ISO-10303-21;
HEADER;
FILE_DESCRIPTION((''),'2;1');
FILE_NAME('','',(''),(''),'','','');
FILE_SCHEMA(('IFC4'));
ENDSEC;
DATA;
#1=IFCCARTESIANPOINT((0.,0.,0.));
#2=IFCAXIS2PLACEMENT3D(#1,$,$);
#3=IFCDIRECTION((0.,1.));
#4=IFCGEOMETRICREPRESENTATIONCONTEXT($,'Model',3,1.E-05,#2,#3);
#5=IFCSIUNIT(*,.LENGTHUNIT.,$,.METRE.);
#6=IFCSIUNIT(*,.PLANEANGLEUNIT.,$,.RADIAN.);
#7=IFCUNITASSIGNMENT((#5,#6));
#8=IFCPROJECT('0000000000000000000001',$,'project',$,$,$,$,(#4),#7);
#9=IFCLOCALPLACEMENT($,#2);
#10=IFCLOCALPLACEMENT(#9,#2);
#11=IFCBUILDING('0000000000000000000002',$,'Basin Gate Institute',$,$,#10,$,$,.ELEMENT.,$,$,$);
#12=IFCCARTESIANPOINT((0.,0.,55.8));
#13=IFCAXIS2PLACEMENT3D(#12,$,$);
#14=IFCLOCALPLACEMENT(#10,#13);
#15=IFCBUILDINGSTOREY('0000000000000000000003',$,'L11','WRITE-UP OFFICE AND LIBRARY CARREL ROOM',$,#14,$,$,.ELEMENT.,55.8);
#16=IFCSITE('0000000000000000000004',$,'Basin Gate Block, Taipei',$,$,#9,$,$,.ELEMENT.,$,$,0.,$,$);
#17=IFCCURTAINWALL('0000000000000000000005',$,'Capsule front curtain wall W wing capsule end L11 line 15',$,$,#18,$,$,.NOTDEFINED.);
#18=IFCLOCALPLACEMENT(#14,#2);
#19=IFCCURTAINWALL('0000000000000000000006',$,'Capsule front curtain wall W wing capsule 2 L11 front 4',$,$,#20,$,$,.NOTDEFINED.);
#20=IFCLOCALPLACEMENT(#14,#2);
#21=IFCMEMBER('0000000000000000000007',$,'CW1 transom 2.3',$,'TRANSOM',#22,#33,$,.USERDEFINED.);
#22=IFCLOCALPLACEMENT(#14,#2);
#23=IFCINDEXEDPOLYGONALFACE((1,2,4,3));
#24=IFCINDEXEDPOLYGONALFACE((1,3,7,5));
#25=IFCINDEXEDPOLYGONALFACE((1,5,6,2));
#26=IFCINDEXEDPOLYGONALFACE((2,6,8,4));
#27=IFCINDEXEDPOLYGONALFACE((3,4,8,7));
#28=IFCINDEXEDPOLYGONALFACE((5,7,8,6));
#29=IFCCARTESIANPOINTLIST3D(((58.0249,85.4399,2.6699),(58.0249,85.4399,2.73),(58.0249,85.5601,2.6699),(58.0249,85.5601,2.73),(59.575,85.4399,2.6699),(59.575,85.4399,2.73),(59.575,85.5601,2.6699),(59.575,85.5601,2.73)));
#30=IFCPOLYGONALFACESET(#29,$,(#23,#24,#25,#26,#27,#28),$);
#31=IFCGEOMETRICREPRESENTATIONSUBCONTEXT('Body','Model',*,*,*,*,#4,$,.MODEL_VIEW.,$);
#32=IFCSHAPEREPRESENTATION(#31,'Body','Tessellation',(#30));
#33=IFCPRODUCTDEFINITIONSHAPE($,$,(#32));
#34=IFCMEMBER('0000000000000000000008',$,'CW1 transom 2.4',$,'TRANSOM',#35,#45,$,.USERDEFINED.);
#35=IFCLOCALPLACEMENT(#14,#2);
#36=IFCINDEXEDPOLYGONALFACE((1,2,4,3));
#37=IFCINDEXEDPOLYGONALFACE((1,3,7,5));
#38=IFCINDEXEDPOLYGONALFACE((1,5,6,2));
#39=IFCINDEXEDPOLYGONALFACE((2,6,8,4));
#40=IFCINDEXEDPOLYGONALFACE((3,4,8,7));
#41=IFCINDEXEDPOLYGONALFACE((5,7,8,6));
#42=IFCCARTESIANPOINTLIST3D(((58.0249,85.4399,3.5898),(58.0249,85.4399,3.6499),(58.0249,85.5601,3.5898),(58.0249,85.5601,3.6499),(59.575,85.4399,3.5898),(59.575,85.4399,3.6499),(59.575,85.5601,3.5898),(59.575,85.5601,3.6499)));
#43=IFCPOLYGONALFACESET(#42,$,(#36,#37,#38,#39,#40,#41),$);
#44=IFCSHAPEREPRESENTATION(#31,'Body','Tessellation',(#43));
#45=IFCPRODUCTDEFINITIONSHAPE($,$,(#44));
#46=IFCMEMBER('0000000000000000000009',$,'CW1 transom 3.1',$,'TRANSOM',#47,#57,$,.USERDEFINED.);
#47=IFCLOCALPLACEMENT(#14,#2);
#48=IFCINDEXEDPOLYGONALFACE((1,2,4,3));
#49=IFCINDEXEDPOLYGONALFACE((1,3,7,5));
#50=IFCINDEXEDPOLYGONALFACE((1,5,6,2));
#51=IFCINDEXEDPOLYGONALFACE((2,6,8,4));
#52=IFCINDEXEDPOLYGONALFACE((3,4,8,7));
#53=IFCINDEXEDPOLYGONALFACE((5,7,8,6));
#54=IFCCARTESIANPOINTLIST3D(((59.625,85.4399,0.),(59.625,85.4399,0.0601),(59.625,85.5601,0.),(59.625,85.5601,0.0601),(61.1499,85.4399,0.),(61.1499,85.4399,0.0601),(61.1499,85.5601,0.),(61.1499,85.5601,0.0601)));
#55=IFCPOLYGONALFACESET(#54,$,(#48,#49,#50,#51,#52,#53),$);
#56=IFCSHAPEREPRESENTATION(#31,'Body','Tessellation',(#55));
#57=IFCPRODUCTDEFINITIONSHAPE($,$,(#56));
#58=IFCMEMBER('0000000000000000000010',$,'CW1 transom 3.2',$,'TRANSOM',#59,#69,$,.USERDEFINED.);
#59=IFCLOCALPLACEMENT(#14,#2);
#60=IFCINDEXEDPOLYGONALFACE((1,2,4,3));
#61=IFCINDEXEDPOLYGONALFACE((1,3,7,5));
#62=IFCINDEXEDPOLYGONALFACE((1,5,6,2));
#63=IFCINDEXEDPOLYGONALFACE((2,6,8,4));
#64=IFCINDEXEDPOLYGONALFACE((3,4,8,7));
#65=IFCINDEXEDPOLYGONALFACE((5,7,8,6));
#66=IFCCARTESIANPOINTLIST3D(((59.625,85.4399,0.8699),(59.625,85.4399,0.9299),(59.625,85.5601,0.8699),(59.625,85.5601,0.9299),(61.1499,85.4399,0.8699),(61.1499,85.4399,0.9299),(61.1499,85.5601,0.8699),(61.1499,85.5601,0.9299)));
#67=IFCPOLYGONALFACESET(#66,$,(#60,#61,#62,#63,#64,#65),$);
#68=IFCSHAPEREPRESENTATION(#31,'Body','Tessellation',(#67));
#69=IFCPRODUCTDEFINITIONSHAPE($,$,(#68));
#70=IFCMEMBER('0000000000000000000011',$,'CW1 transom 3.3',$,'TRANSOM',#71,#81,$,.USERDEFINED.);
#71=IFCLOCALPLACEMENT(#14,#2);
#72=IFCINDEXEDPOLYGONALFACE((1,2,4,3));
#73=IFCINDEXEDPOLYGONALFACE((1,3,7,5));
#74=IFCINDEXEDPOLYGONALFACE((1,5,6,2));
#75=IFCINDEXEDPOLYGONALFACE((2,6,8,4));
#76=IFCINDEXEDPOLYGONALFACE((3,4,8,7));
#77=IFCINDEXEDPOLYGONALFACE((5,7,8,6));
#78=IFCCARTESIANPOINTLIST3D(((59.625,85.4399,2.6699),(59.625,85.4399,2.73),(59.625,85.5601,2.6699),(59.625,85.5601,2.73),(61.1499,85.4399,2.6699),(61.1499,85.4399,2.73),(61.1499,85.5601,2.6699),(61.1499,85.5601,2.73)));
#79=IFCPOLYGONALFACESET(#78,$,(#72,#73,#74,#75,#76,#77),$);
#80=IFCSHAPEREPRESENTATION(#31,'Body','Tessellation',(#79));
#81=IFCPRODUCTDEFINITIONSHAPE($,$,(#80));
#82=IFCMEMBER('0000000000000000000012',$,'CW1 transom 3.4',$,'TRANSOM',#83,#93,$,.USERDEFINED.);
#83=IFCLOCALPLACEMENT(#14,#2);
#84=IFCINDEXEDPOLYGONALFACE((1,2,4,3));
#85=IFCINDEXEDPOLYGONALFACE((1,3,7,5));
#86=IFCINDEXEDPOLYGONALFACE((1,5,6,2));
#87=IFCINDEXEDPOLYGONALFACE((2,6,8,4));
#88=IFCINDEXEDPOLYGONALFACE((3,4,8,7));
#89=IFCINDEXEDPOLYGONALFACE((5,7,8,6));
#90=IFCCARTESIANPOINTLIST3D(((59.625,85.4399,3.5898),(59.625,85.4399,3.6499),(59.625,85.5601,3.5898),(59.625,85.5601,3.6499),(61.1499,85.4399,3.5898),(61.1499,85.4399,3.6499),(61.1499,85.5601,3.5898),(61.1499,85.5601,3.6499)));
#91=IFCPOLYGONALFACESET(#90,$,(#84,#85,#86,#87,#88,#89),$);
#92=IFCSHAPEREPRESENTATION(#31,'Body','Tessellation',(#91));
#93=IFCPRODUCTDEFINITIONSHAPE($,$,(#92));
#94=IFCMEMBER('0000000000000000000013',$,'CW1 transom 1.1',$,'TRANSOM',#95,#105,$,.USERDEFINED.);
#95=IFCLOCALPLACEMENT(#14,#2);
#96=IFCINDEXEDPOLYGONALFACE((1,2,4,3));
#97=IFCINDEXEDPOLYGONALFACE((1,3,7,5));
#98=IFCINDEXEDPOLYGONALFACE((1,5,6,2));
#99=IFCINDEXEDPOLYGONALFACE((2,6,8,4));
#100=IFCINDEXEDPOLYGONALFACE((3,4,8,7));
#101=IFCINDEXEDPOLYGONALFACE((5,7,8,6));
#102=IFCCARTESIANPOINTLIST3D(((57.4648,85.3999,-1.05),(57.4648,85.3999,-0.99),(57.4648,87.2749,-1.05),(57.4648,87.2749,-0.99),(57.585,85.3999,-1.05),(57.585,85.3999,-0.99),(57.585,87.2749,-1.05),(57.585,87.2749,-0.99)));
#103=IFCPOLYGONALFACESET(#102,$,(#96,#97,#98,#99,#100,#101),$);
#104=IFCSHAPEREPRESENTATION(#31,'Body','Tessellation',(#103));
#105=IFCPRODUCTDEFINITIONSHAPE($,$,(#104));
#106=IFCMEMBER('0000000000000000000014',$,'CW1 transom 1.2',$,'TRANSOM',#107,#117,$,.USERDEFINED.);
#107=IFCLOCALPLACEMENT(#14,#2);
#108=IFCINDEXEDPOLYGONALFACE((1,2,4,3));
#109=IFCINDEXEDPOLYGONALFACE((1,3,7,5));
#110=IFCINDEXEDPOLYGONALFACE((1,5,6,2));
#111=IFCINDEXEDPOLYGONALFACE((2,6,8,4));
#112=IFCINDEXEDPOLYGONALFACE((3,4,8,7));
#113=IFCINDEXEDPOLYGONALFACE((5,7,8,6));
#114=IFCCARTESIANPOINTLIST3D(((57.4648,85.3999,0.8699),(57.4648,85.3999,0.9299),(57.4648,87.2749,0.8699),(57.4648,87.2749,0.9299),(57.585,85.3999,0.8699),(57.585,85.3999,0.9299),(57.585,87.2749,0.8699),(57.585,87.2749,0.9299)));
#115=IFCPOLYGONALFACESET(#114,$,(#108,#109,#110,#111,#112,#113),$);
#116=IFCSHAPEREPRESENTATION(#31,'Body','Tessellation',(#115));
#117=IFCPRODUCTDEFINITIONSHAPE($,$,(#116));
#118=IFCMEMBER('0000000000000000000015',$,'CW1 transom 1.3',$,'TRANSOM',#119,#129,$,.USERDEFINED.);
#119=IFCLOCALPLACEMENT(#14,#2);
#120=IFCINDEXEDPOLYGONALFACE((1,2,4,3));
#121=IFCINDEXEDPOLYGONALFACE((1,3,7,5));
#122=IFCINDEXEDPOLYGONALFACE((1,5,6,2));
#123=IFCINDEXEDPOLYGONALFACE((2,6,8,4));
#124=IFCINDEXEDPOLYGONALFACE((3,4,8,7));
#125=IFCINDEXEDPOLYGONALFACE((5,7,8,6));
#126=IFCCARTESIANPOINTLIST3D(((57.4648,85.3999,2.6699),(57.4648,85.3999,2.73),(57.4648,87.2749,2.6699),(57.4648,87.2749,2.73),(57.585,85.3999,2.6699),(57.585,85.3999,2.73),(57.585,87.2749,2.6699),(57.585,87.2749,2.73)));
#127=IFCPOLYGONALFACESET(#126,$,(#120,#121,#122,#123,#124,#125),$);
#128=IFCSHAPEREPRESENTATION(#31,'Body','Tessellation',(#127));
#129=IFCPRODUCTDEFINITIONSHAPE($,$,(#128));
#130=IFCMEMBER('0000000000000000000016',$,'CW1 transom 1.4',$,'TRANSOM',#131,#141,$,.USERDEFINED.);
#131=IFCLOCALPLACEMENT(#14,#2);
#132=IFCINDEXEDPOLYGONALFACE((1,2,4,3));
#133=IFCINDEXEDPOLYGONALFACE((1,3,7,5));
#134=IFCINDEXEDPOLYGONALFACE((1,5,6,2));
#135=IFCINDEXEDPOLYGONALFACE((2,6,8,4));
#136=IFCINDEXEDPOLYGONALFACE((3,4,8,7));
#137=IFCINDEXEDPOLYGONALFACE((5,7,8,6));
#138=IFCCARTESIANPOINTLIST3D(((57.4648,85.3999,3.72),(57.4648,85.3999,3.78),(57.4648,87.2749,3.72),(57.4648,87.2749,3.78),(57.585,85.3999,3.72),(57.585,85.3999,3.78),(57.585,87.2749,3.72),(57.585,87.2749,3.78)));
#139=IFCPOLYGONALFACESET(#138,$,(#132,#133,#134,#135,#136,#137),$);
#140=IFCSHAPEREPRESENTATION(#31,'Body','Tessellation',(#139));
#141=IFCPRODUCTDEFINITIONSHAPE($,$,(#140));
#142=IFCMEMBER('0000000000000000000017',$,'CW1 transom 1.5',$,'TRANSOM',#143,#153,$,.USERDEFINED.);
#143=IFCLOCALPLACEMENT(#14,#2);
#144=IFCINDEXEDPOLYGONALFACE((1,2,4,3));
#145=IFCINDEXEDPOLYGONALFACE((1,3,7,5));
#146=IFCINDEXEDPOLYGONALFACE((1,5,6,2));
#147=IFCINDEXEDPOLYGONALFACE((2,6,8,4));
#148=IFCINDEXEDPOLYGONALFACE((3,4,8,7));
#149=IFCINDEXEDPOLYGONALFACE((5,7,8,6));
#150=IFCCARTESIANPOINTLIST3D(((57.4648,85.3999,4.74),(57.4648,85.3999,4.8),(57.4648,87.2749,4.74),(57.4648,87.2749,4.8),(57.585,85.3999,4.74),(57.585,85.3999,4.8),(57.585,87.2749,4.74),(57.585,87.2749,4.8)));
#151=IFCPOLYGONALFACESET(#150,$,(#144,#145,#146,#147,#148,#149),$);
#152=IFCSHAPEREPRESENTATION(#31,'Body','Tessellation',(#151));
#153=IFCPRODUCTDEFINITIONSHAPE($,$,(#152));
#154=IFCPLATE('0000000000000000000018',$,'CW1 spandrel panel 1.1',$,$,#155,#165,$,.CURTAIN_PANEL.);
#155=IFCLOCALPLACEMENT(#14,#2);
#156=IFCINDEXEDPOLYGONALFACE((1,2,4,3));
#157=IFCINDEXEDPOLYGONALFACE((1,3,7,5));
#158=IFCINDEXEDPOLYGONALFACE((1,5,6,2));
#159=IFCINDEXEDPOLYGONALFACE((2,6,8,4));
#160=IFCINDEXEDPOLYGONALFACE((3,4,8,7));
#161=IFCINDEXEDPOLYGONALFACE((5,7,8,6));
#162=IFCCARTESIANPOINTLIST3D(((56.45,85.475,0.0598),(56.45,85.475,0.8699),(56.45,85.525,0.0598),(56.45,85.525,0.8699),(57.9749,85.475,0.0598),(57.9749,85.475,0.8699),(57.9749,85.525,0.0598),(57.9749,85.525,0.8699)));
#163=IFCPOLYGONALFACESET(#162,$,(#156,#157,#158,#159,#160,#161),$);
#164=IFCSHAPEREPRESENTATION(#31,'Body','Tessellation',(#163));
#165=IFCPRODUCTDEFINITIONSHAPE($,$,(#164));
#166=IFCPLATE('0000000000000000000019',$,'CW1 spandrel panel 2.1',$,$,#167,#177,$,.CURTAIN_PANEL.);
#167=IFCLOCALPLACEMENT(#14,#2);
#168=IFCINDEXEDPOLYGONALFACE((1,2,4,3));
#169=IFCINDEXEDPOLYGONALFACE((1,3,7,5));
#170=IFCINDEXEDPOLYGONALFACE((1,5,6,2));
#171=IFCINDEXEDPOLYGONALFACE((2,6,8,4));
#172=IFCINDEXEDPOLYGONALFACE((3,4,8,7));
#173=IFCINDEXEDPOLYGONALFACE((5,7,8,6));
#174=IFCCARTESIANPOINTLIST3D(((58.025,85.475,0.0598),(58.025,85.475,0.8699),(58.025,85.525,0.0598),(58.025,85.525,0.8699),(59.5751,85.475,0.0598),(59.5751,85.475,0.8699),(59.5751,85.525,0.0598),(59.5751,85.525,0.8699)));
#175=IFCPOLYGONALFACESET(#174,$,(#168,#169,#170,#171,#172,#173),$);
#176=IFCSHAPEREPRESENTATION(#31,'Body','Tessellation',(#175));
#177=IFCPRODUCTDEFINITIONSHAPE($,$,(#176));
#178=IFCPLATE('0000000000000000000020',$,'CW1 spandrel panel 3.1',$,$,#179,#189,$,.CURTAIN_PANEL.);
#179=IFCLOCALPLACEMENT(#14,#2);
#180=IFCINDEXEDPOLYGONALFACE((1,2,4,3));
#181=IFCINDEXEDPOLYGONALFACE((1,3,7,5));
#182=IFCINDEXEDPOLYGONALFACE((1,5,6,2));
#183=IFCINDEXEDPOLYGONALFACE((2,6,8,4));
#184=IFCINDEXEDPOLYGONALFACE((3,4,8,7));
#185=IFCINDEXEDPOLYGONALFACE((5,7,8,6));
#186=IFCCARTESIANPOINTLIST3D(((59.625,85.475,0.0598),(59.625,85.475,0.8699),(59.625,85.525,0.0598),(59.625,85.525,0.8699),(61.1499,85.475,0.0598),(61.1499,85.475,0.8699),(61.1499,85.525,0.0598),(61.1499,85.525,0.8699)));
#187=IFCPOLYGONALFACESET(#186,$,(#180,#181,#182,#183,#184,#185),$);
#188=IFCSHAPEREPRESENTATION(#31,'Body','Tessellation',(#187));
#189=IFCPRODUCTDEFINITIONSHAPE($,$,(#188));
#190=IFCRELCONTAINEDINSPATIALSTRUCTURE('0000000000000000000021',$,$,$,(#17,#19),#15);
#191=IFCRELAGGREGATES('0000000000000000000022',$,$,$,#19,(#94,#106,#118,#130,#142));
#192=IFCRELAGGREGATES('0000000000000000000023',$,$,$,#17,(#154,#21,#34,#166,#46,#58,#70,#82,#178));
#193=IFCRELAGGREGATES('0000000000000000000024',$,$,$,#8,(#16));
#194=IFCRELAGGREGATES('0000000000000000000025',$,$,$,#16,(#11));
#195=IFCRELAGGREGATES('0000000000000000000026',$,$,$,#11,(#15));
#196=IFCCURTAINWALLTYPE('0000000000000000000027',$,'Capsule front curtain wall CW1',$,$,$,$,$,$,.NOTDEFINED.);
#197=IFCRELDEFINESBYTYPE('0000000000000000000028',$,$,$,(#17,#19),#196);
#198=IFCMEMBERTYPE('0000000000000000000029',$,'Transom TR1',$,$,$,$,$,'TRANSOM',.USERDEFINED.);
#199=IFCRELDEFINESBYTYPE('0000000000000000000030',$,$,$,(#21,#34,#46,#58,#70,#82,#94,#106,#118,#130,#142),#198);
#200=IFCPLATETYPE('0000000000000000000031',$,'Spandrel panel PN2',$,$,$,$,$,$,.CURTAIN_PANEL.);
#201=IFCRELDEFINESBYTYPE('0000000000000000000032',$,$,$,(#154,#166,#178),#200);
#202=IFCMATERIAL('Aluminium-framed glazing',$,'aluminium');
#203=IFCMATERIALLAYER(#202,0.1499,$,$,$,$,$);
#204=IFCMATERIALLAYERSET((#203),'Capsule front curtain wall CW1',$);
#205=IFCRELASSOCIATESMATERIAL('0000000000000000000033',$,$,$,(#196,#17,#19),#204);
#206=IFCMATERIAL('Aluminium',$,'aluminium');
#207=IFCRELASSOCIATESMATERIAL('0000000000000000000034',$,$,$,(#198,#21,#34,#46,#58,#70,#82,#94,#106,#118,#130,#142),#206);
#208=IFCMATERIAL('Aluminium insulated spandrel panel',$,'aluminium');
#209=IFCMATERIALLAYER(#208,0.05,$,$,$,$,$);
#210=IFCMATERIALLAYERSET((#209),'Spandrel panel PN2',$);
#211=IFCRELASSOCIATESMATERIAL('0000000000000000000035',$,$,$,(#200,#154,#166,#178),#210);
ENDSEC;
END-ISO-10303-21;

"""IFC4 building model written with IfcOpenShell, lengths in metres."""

from ifc_helpers import new_model, si_unit, direction, frame, origin, origin_2d, place, context, subcontext, project, spatial, rectangle, extrude, material, layer, layer_set, material_profile, profile_set, type_object, element, aggregate, save


model = new_model("IFC4")

# Units and contexts
model_context = context("Model", 3, precision=1e-05, world=origin(), true_north=direction((0.0, 1.0)))
body_context = subcontext(model_context, "Body", "Model", "MODEL_VIEW")
ifc_project = project(units=[si_unit("LENGTHUNIT", "METRE"), si_unit("PLANEANGLEUNIT", "RADIAN")], contexts=[model_context])

# Site, building, storey
site_placement = place(None, origin())
site = spatial("IfcSite", under=ifc_project, at=site_placement, Name="Basin Gate Block, Taipei", CompositionType="ELEMENT", RefElevation=0.0)
building_placement = place(site_placement, origin())
building = spatial("IfcBuilding", under=site, at=building_placement, Name="Basin Gate Institute", CompositionType="ELEMENT")
storey_placement = place(building_placement, frame((0.0, 0.0, 55.8)))
storey = spatial("IfcBuildingStorey", under=building, at=storey_placement, Name="L11", Description="WRITE-UP OFFICE AND LIBRARY CARREL ROOM", CompositionType="ELEMENT", Elevation=55.8)

# Curtain wall
ifc_material_1 = material(Name="Aluminium-framed glazing", Category="aluminium")
ifc_layer_1 = layer(ifc_material_1, 0.1499)
ifc_layer_set_1 = layer_set([ifc_layer_1], Name="Capsule front curtain wall CW1")
curtain_wall_type = type_object("IfcCurtainWallType", Name="Capsule front curtain wall CW1", PredefinedType="NOTDEFINED", material=ifc_layer_set_1)
curtain_wall_1_placement = place(storey_placement, origin())
curtain_wall_1 = element("IfcCurtainWall", 1, at=curtain_wall_1_placement, inside=storey, type_object=curtain_wall_type, material=ifc_layer_set_1, Name="Capsule front curtain wall W wing capsule end L11 line 15", PredefinedType="NOTDEFINED")

# Curtain wall
curtain_wall_2_placement = place(storey_placement, origin())
curtain_wall_2 = element("IfcCurtainWall", 2, at=curtain_wall_2_placement, inside=storey, type_object=curtain_wall_type, material=ifc_layer_set_1, Name="Capsule front curtain wall W wing capsule 2 L11 front 4", PredefinedType="NOTDEFINED")

# Members
ifc_material_2 = material(Name="Aluminium", Category="aluminium")
ifc_material_profile_1 = material_profile(ifc_material_2, rectangle(XDim=0.1201, YDim=0.0601, at=origin_2d()), Name="Transom TR1 120 x 60")
ifc_profile_set_1 = profile_set([ifc_material_profile_1], Name="Aluminium")
member_type_1 = type_object("IfcMemberType", Name="Transom TR1", ElementType="TRANSOM", PredefinedType="USERDEFINED", material=ifc_profile_set_1)
member_1_placement = place(storey_placement, frame((58.0249, 85.5, 2.7), z_axis=(1.0, 0.0, 0.0), x_axis=(0.0, 1.0, 0.0)))
member_1 = element("IfcMember", 3, at=member_1_placement, type_object=member_type_1, material=ifc_profile_set_1, Name="CW1 transom 2.3", ObjectType="TRANSOM", PredefinedType="USERDEFINED", context=body_context, shape_type="SweptSolid", body=[
    extrude(rectangle(XDim=0.1201, YDim=0.0601, at=origin_2d()), origin(), (0.0, 0.0, 1.0), 1.55),
])
member_2_placement = place(storey_placement, frame((58.0249, 85.5, 3.6199), z_axis=(1.0, 0.0, 0.0), x_axis=(0.0, 1.0, 0.0)))
member_2 = element("IfcMember", 4, at=member_2_placement, type_object=member_type_1, material=ifc_profile_set_1, Name="CW1 transom 2.4", ObjectType="TRANSOM", PredefinedType="USERDEFINED", context=body_context, shape_type="SweptSolid", body=[
    extrude(rectangle(XDim=0.1201, YDim=0.0601, at=origin_2d()), origin(), (0.0, 0.0, 1.0), 1.55),
])
member_3_placement = place(storey_placement, frame((59.625, 85.5, 0.03), z_axis=(1.0, 0.0, 0.0), x_axis=(0.0, 1.0, 0.0)))
member_3 = element("IfcMember", 5, at=member_3_placement, type_object=member_type_1, material=ifc_profile_set_1, Name="CW1 transom 3.1", ObjectType="TRANSOM", PredefinedType="USERDEFINED", context=body_context, shape_type="SweptSolid", body=[
    extrude(rectangle(XDim=0.1201, YDim=0.0601, at=origin_2d()), origin(), (0.0, 0.0, 1.0), 1.5249),
])
member_4_placement = place(storey_placement, frame((59.625, 85.5, 0.8999), z_axis=(1.0, 0.0, 0.0), x_axis=(0.0, 1.0, 0.0)))
member_4 = element("IfcMember", 6, at=member_4_placement, type_object=member_type_1, material=ifc_profile_set_1, Name="CW1 transom 3.2", ObjectType="TRANSOM", PredefinedType="USERDEFINED", context=body_context, shape_type="SweptSolid", body=[
    extrude(rectangle(XDim=0.1201, YDim=0.0601, at=origin_2d()), origin(), (0.0, 0.0, 1.0), 1.5249),
])
member_5_placement = place(storey_placement, frame((59.625, 85.5, 2.7), z_axis=(1.0, 0.0, 0.0), x_axis=(0.0, 1.0, 0.0)))
member_5 = element("IfcMember", 7, at=member_5_placement, type_object=member_type_1, material=ifc_profile_set_1, Name="CW1 transom 3.3", ObjectType="TRANSOM", PredefinedType="USERDEFINED", context=body_context, shape_type="SweptSolid", body=[
    extrude(rectangle(XDim=0.1201, YDim=0.0601, at=origin_2d()), origin(), (0.0, 0.0, 1.0), 1.5249),
])
member_6_placement = place(storey_placement, frame((59.625, 85.5, 3.6199), z_axis=(1.0, 0.0, 0.0), x_axis=(0.0, 1.0, 0.0)))
member_6 = element("IfcMember", 8, at=member_6_placement, type_object=member_type_1, material=ifc_profile_set_1, Name="CW1 transom 3.4", ObjectType="TRANSOM", PredefinedType="USERDEFINED", context=body_context, shape_type="SweptSolid", body=[
    extrude(rectangle(XDim=0.1201, YDim=0.0601, at=origin_2d()), origin(), (0.0, 0.0, 1.0), 1.5249),
])
member_7_placement = place(storey_placement, frame((57.5249, 85.3999, -1.02), z_axis=(0.0, 1.0, 0.0), x_axis=(-1.0, 0.0, 0.0)))
member_7 = element("IfcMember", 9, at=member_7_placement, type_object=member_type_1, material=ifc_profile_set_1, Name="CW1 transom 1.1", ObjectType="TRANSOM", PredefinedType="USERDEFINED", context=body_context, shape_type="SweptSolid", body=[
    extrude(rectangle(XDim=0.1201, YDim=0.0601, at=origin_2d()), origin(), (0.0, 0.0, 1.0), 1.875),
])
member_8_placement = place(storey_placement, frame((57.5249, 85.3999, 0.8999), z_axis=(0.0, 1.0, 0.0), x_axis=(-1.0, 0.0, 0.0)))
member_8 = element("IfcMember", 10, at=member_8_placement, type_object=member_type_1, material=ifc_profile_set_1, Name="CW1 transom 1.2", ObjectType="TRANSOM", PredefinedType="USERDEFINED", context=body_context, shape_type="SweptSolid", body=[
    extrude(rectangle(XDim=0.1201, YDim=0.0601, at=origin_2d()), origin(), (0.0, 0.0, 1.0), 1.875),
])
member_9_placement = place(storey_placement, frame((57.5249, 85.3999, 2.7), z_axis=(0.0, 1.0, 0.0), x_axis=(-1.0, 0.0, 0.0)))
member_9 = element("IfcMember", 11, at=member_9_placement, type_object=member_type_1, material=ifc_profile_set_1, Name="CW1 transom 1.3", ObjectType="TRANSOM", PredefinedType="USERDEFINED", context=body_context, shape_type="SweptSolid", body=[
    extrude(rectangle(XDim=0.1201, YDim=0.0601, at=origin_2d()), origin(), (0.0, 0.0, 1.0), 1.875),
])
member_10_placement = place(storey_placement, frame((57.5249, 85.3999, 3.75), z_axis=(0.0, 1.0, 0.0), x_axis=(-1.0, 0.0, 0.0)))
member_10 = element("IfcMember", 12, at=member_10_placement, type_object=member_type_1, material=ifc_profile_set_1, Name="CW1 transom 1.4", ObjectType="TRANSOM", PredefinedType="USERDEFINED", context=body_context, shape_type="SweptSolid", body=[
    extrude(rectangle(XDim=0.1201, YDim=0.0601, at=origin_2d()), origin(), (0.0, 0.0, 1.0), 1.875),
])
member_11_placement = place(storey_placement, frame((57.5249, 85.3999, 4.77), z_axis=(0.0, 1.0, 0.0), x_axis=(-1.0, 0.0, 0.0)))
member_11 = element("IfcMember", 13, at=member_11_placement, type_object=member_type_1, material=ifc_profile_set_1, Name="CW1 transom 1.5", ObjectType="TRANSOM", PredefinedType="USERDEFINED", context=body_context, shape_type="SweptSolid", body=[
    extrude(rectangle(XDim=0.1201, YDim=0.0601, at=origin_2d()), origin(), (0.0, 0.0, 1.0), 1.875),
])
aggregate(curtain_wall_2, [member_7, member_8, member_9, member_10, member_11])

# Plates
ifc_material_3 = material(Name="Aluminium insulated spandrel panel", Category="aluminium")
ifc_layer_2 = layer(ifc_material_3, 0.05)
ifc_layer_set_2 = layer_set([ifc_layer_2], Name="Spandrel panel PN2")
plate_type_1 = type_object("IfcPlateType", Name="Spandrel panel PN2", PredefinedType="CURTAIN_PANEL", material=ifc_layer_set_2)
plate_1_placement = place(storey_placement, frame((57.2124, 85.5, 0.0598), z_axis=(0.0, 0.0, 1.0), x_axis=(1.0, 0.0, 0.0)))
plate_1 = element("IfcPlate", 14, at=plate_1_placement, type_object=plate_type_1, material=ifc_layer_set_2, Name="CW1 spandrel panel 1.1", PredefinedType="CURTAIN_PANEL", context=body_context, shape_type="SweptSolid", body=[
    extrude(rectangle(XDim=1.5249, YDim=0.05, at=origin_2d()), origin(), (0.0, 0.0, 1.0), 0.8101),
])
plate_2_placement = place(storey_placement, frame((58.8, 85.5, 0.0598), z_axis=(0.0, 0.0, 1.0), x_axis=(1.0, 0.0, 0.0)))
plate_2 = element("IfcPlate", 15, at=plate_2_placement, type_object=plate_type_1, material=ifc_layer_set_2, Name="CW1 spandrel panel 2.1", PredefinedType="CURTAIN_PANEL", context=body_context, shape_type="SweptSolid", body=[
    extrude(rectangle(XDim=1.55, YDim=0.05, at=origin_2d()), origin(), (0.0, 0.0, 1.0), 0.8101),
])
plate_3_placement = place(storey_placement, frame((60.3875, 85.5, 0.0598), z_axis=(0.0, 0.0, 1.0), x_axis=(1.0, 0.0, 0.0)))
plate_3 = element("IfcPlate", 16, at=plate_3_placement, type_object=plate_type_1, material=ifc_layer_set_2, Name="CW1 spandrel panel 3.1", PredefinedType="CURTAIN_PANEL", context=body_context, shape_type="SweptSolid", body=[
    extrude(rectangle(XDim=1.5249, YDim=0.05, at=origin_2d()), origin(), (0.0, 0.0, 1.0), 0.8101),
])
aggregate(curtain_wall_1, [plate_1, member_1, member_2, plate_2, member_3, member_4, member_5, member_6, plate_3])

save(model, "model.ifc")
